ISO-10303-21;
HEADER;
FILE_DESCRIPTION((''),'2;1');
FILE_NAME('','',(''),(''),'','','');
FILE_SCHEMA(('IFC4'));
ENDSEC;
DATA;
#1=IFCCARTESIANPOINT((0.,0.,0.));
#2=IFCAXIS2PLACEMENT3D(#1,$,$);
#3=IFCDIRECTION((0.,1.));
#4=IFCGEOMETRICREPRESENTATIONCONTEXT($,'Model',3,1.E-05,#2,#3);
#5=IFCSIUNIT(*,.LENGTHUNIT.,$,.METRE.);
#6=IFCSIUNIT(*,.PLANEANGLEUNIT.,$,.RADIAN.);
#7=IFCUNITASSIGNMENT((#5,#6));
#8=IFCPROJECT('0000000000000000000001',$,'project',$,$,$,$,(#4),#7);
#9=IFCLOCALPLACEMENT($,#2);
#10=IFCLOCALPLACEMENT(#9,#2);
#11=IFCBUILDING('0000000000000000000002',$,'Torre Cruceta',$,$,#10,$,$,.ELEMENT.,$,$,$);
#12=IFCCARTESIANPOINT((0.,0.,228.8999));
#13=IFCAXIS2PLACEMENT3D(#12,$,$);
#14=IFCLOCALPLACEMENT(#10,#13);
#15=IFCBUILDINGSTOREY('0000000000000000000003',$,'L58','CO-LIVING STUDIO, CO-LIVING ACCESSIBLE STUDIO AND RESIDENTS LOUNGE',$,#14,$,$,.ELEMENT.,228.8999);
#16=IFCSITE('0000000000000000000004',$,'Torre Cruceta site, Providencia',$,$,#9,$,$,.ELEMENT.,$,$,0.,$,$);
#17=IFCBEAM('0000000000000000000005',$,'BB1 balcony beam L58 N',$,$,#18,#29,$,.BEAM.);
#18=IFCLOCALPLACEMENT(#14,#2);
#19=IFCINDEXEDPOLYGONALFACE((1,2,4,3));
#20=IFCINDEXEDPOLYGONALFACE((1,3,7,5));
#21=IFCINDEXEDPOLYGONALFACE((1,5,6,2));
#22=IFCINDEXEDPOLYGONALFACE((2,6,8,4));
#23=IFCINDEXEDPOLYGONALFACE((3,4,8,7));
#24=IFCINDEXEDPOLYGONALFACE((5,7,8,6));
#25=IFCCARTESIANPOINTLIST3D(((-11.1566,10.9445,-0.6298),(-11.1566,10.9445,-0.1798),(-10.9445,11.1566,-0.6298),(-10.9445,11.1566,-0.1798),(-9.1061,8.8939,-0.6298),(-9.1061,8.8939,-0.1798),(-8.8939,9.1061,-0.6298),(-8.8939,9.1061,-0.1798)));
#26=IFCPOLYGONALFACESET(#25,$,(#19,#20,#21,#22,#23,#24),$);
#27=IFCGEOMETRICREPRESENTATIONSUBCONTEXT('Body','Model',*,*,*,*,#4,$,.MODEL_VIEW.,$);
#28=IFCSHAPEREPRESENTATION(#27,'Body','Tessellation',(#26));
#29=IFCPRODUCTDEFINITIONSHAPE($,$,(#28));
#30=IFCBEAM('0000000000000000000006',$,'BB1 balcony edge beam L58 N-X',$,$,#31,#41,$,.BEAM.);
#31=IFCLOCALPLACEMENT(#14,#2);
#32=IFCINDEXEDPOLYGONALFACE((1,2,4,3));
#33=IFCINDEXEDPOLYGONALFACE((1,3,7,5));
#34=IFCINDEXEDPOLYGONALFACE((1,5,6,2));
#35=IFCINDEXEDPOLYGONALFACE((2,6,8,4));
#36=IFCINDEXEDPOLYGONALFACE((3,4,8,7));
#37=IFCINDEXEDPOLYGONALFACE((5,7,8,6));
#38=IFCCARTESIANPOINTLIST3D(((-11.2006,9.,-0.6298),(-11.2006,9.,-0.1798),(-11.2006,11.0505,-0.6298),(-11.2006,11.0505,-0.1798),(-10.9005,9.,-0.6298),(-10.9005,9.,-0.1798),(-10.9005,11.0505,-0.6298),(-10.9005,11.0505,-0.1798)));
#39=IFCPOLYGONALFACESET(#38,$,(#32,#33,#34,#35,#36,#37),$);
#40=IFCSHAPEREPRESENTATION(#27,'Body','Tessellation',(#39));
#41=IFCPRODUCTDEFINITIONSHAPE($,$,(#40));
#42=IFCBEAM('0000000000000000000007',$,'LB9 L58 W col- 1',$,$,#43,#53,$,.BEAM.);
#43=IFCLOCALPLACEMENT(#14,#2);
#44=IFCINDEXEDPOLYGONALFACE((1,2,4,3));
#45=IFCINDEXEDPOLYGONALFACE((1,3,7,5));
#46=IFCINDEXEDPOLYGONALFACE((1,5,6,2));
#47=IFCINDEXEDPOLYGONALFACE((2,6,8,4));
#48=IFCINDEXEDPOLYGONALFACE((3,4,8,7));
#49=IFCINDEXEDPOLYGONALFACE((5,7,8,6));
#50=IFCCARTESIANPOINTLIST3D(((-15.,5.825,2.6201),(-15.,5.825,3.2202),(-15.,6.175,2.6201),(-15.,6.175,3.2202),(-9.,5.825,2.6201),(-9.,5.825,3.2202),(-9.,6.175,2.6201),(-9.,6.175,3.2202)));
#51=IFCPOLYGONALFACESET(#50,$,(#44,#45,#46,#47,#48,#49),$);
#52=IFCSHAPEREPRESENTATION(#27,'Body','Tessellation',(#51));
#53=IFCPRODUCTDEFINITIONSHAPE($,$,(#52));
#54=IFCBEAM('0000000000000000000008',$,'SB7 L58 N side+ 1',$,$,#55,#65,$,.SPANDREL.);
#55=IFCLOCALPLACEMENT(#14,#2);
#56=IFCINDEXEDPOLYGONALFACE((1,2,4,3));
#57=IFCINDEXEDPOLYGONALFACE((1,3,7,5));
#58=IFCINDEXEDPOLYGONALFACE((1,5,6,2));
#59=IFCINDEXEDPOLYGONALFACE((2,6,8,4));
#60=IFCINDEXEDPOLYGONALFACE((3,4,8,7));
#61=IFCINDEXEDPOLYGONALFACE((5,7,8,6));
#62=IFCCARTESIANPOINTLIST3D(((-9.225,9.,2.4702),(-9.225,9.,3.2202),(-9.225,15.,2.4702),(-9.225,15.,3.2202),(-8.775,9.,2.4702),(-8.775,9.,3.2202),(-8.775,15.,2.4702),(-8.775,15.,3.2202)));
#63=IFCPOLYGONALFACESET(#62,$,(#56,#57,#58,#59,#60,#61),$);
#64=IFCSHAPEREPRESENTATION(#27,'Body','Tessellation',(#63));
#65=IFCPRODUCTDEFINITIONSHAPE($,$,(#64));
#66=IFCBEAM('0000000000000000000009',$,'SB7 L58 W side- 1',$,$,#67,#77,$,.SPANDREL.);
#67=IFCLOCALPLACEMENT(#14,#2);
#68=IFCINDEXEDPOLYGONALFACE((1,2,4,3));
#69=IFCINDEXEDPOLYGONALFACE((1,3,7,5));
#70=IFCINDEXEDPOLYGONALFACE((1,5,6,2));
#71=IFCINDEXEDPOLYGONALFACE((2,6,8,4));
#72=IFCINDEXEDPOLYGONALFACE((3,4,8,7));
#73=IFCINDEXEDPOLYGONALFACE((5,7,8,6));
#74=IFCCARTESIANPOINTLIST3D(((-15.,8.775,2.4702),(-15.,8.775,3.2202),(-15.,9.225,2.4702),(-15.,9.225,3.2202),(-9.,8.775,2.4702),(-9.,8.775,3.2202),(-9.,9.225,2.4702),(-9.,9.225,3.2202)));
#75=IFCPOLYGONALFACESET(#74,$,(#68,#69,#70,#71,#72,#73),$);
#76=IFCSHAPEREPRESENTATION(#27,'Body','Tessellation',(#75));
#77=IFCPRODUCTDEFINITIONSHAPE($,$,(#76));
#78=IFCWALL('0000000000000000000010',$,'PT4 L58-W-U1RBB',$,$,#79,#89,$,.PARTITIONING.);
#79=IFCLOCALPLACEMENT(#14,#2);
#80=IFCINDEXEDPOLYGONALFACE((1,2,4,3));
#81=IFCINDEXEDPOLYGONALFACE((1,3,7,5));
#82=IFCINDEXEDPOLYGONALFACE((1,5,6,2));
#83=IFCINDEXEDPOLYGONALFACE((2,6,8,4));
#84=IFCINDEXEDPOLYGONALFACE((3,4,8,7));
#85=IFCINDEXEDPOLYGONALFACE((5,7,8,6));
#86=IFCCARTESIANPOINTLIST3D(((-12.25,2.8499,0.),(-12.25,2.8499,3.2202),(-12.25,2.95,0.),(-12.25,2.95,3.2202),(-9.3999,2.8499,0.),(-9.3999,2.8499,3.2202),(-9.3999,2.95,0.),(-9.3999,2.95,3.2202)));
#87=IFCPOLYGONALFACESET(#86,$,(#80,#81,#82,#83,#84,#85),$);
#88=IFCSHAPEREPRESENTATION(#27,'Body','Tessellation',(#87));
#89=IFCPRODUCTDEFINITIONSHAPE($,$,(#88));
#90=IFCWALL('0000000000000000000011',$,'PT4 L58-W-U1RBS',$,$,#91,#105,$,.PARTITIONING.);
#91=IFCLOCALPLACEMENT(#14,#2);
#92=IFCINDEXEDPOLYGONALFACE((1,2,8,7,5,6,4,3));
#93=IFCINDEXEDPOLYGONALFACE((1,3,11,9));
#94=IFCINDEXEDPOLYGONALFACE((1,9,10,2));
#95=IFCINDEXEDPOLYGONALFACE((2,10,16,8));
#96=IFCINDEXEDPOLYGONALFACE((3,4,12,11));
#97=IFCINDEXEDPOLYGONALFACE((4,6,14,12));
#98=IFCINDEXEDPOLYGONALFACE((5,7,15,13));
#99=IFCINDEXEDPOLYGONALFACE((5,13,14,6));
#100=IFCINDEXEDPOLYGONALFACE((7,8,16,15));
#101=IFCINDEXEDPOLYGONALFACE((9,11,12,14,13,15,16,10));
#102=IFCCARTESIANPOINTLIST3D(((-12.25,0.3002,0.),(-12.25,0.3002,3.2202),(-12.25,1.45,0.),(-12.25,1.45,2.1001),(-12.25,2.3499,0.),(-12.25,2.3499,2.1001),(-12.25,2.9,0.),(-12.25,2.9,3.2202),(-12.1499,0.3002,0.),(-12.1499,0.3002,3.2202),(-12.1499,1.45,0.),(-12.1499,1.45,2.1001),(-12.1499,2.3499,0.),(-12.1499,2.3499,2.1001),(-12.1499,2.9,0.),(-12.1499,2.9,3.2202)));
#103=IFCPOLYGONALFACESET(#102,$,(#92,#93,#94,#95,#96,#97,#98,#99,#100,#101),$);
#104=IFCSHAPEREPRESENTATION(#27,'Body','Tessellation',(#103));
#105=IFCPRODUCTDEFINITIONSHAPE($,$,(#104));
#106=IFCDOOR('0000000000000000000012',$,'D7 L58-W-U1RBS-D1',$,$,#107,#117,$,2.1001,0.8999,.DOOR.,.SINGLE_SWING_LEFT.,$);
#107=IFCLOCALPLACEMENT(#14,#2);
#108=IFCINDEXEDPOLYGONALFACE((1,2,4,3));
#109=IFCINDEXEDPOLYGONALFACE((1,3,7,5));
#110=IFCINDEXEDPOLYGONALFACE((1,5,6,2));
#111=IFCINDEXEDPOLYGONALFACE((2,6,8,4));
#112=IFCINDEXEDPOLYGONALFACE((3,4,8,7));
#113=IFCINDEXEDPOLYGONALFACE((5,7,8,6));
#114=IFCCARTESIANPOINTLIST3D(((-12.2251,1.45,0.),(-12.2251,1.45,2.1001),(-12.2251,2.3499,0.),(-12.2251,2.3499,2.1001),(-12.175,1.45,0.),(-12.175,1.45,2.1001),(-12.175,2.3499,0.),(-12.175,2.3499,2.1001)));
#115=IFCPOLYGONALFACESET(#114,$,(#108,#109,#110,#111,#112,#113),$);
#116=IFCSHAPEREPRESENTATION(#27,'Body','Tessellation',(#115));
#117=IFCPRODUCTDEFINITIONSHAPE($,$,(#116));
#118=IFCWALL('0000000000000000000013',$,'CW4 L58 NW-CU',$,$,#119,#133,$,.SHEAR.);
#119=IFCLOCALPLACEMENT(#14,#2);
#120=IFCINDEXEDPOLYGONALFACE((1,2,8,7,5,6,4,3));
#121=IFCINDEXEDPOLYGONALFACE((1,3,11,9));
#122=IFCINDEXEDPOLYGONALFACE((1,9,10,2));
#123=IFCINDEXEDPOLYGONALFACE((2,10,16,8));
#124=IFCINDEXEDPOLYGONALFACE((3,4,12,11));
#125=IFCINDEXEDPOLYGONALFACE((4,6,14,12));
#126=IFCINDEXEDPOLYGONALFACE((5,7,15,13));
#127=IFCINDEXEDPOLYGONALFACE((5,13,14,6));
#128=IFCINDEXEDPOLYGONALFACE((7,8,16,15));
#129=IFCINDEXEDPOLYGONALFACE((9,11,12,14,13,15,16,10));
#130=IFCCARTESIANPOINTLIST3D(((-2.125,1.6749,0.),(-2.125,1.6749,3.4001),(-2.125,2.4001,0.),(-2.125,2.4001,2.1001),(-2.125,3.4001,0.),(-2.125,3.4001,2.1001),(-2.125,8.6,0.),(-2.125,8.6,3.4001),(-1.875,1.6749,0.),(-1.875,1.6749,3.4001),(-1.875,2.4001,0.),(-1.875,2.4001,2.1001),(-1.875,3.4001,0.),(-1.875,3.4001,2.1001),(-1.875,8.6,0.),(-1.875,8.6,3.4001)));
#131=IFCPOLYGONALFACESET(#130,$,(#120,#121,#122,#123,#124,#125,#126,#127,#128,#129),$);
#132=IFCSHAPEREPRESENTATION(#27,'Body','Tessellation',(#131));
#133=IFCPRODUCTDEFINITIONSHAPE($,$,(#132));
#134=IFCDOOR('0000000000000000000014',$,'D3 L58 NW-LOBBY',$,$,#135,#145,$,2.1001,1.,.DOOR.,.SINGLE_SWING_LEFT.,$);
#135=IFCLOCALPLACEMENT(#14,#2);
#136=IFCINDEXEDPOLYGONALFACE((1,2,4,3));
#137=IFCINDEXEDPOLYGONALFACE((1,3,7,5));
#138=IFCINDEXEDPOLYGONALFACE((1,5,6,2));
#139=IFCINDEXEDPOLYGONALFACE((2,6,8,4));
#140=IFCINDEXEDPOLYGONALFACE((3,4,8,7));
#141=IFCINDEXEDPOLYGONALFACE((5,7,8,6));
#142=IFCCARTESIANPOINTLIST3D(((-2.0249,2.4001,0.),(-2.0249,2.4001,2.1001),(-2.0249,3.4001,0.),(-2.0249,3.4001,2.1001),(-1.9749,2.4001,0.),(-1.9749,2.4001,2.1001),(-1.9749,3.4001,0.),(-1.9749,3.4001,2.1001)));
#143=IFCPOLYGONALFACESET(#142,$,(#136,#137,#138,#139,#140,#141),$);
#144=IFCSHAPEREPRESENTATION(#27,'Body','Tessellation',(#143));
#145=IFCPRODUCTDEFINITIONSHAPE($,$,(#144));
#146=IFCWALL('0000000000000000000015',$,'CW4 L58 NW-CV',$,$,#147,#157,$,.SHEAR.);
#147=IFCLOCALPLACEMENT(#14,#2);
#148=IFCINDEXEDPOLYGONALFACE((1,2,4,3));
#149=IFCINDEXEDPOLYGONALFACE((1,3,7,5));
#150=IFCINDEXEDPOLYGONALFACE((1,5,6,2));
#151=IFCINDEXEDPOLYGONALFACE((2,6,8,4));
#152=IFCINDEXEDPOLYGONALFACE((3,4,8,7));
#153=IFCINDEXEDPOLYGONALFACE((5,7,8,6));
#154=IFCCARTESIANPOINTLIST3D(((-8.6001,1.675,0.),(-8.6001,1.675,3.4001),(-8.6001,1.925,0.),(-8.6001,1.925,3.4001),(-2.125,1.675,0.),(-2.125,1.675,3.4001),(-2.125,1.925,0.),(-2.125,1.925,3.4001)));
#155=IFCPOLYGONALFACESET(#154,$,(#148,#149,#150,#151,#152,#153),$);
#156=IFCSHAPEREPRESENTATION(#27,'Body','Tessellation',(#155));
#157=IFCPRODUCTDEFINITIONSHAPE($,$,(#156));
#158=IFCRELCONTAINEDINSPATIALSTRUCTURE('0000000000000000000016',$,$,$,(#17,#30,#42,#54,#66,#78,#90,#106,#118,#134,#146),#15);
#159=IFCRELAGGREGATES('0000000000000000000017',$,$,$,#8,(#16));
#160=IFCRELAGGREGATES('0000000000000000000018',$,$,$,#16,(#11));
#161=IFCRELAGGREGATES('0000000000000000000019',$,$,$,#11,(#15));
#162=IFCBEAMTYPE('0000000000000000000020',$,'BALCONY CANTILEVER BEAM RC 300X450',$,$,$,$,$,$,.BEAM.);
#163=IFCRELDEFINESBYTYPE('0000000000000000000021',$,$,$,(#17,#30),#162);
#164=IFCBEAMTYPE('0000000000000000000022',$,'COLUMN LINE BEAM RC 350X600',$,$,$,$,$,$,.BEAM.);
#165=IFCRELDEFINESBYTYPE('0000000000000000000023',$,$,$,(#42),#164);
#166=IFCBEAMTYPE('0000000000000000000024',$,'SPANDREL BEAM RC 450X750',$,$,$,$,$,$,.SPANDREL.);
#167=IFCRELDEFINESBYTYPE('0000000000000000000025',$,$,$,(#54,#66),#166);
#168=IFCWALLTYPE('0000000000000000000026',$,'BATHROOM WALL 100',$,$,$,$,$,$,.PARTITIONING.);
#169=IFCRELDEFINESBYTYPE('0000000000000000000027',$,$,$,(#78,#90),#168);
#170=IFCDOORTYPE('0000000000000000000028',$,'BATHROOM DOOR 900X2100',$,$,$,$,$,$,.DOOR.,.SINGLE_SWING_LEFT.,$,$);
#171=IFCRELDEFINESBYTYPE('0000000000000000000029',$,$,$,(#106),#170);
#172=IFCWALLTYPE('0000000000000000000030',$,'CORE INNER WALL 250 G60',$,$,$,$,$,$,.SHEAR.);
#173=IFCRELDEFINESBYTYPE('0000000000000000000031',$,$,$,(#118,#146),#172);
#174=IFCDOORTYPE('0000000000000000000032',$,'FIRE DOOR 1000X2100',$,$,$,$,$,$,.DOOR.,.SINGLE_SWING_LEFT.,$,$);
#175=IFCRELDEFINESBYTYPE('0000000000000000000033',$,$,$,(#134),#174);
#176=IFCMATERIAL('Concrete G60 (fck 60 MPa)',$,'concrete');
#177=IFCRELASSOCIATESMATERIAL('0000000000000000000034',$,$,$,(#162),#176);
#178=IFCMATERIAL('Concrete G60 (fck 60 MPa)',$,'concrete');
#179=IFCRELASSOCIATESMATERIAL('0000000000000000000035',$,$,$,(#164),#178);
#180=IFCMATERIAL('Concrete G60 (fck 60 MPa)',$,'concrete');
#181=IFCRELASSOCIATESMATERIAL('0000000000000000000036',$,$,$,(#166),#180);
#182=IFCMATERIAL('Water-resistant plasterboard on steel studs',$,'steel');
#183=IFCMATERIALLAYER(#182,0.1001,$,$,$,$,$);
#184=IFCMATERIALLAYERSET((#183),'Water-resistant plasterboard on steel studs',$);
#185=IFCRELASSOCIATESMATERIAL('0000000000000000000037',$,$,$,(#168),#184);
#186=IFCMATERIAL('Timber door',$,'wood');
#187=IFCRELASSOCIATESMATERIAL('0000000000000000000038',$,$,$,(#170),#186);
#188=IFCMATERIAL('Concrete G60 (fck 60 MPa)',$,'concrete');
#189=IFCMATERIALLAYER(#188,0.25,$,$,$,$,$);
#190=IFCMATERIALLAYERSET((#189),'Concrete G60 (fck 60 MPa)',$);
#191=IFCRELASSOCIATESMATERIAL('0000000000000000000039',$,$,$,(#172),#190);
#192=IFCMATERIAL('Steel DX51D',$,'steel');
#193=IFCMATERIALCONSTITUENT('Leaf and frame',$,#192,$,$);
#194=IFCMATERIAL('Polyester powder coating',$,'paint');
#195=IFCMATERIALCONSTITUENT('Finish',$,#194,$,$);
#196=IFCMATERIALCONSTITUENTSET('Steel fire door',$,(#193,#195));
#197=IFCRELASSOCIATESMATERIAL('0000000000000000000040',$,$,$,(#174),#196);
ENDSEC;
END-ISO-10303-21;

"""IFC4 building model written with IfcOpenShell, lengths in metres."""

from ifc_helpers import new_model, si_unit, direction, frame, frame_2d, origin, origin_2d, place, context, subcontext, project, spatial, rectangle, extrude, material, layer, layer_set, constituent, constituent_set, material_profile, profile_set, type_object, element, fill, save


model = new_model("IFC4")

# Units and contexts
model_context = context("Model", 3, precision=1e-05, world=origin(), true_north=direction((0.0, 1.0)))
body_context = subcontext(model_context, "Body", "Model", "MODEL_VIEW")
ifc_project = project(units=[si_unit("LENGTHUNIT", "METRE"), si_unit("PLANEANGLEUNIT", "RADIAN")], contexts=[model_context])

# Site, building, storey
site_placement = place(None, origin())
site = spatial("IfcSite", under=ifc_project, at=site_placement, Name="Torre Cruceta site, Providencia", CompositionType="ELEMENT", RefElevation=0.0)
building_placement = place(site_placement, origin())
building = spatial("IfcBuilding", under=site, at=building_placement, Name="Torre Cruceta", CompositionType="ELEMENT")
storey_placement = place(building_placement, frame((0.0, 0.0, 228.8999)))
storey = spatial("IfcBuildingStorey", under=building, at=storey_placement, Name="L58", Description="CO-LIVING STUDIO, CO-LIVING ACCESSIBLE STUDIO AND RESIDENTS LOUNGE", CompositionType="ELEMENT", Elevation=228.8999)

# Beams
ifc_material_1 = material(Name="Concrete G60 (fck 60 MPa)", Category="concrete")
ifc_material_profile_1 = material_profile(ifc_material_1, rectangle(XDim=0.3, YDim=0.45, at=origin_2d()), Name="RC 300X450")
ifc_profile_set_1 = profile_set([ifc_material_profile_1], Name="Concrete G60 (fck 60 MPa)")
beam_type_1 = type_object("IfcBeamType", Name="BALCONY CANTILEVER BEAM RC 300X450", PredefinedType="BEAM", material=ifc_profile_set_1)
beam_1_placement = place(storey_placement, frame((-9.0, 9.0, -0.4048), z_axis=(-0.707107, 0.707107, 0.0), x_axis=(-0.707107, -0.707107, 0.0)))
element("IfcBeam", 1, at=beam_1_placement, inside=storey, type_object=beam_type_1, Name="BB1 balcony beam L58 N", PredefinedType="BEAM", context=body_context, shape_type="SweptSolid", body=[
    extrude(rectangle(XDim=0.3, YDim=0.45, at=origin_2d()), origin(), (0.0, 0.0, 1.0), 2.8999),
])
beam_2_placement = place(storey_placement, frame((-11.0505, 9.0, -0.4048), z_axis=(0.0, 1.0, 0.0), x_axis=(-1.0, 0.0, 0.0)))
element("IfcBeam", 2, at=beam_2_placement, inside=storey, type_object=beam_type_1, Name="BB1 balcony edge beam L58 N-X", PredefinedType="BEAM", context=body_context, shape_type="SweptSolid", body=[
    extrude(rectangle(XDim=0.3, YDim=0.45, at=origin_2d()), origin(), (0.0, 0.0, 1.0), 2.0505),
])
ifc_material_2 = material(Name="Concrete G60 (fck 60 MPa)", Category="concrete")
ifc_material_profile_2 = material_profile(ifc_material_2, rectangle(XDim=0.3501, YDim=0.6001, at=origin_2d()), Name="RC 350X600")
ifc_profile_set_2 = profile_set([ifc_material_profile_2], Name="Concrete G60 (fck 60 MPa)")
beam_type_2 = type_object("IfcBeamType", Name="COLUMN LINE BEAM RC 350X600", PredefinedType="BEAM", material=ifc_profile_set_2)
beam_3_placement = place(storey_placement, frame((-9.0, 6.0, 2.9202), z_axis=(-1.0, 0.0, 0.0), x_axis=(0.0, -1.0, 0.0)))
element("IfcBeam", 3, at=beam_3_placement, inside=storey, type_object=beam_type_2, Name="LB9 L58 W col- 1", PredefinedType="BEAM", context=body_context, shape_type="SweptSolid", body=[
    extrude(rectangle(XDim=0.3501, YDim=0.6001, at=origin_2d()), origin(), (0.0, 0.0, 1.0), 6.0),
])
ifc_material_3 = material(Name="Concrete G60 (fck 60 MPa)", Category="concrete")
ifc_material_profile_3 = material_profile(ifc_material_3, rectangle(XDim=0.45, YDim=0.75, at=origin_2d()), Name="RC 450X750")
ifc_profile_set_3 = profile_set([ifc_material_profile_3], Name="Concrete G60 (fck 60 MPa)")
beam_type_3 = type_object("IfcBeamType", Name="SPANDREL BEAM RC 450X750", PredefinedType="SPANDREL", material=ifc_profile_set_3)
for number, where, z_axis, x_axis, name in (
    (4, (-9.0, 9.0, 2.8452), (0.0, 1.0, 0.0), (-1.0, 0.0, 0.0), "SB7 L58 N side+ 1"),
    (5, (-9.0, 9.0, 2.8452), (-1.0, 0.0, 0.0), (0.0, -1.0, 0.0), "SB7 L58 W side- 1"),
):
    element("IfcBeam", number, at=place(storey_placement, frame(where, z_axis=z_axis, x_axis=x_axis)), inside=storey, type_object=beam_type_3, Name=name, PredefinedType="SPANDREL", context=body_context, shape_type="SweptSolid", body=[
        extrude(rectangle(XDim=0.45, YDim=0.75, at=origin_2d()), origin(), (0.0, 0.0, 1.0), 6.0),
    ])

# Wall
ifc_material_4 = material(Name="Water-resistant plasterboard on steel studs", Category="steel")
ifc_layer_1 = layer(ifc_material_4, 0.1001)
ifc_layer_set_1 = layer_set([ifc_layer_1], Name="Water-resistant plasterboard on steel studs")
wall_type_1 = type_object("IfcWallType", Name="BATHROOM WALL 100", PredefinedType="PARTITIONING", material=ifc_layer_set_1)
wall_1_placement = place(storey_placement, frame((-9.3999, 2.8999, 0.0), z_axis=(0.0, 0.0, 1.0), x_axis=(-1.0, 0.0, 0.0)))
element("IfcWall", 6, at=wall_1_placement, inside=storey, type_object=wall_type_1, Name="PT4 L58-W-U1RBB", PredefinedType="PARTITIONING", context=body_context, shape_type="SweptSolid", body=[
    extrude(rectangle(XDim=2.8501, YDim=0.1001, at=frame_2d((1.425, 0.0))), origin(), (0.0, 0.0, 1.0), 3.2202),
])

# Walls, openings, doors
wall_2_placement = place(storey_placement, frame((-12.2, 2.8999, 0.0), z_axis=(0.0, 0.0, 1.0), x_axis=(0.0, -1.0, 0.0)))
wall_2 = element("IfcWall", 7, at=wall_2_placement, inside=storey, type_object=wall_type_1, Name="PT4 L58-W-U1RBS", PredefinedType="PARTITIONING", context=body_context, shape_type="SweptSolid", body=[
    extrude(rectangle(XDim=2.5999, YDim=0.1001, at=frame_2d((1.2998, 0.0))), origin(), (0.0, 0.0, 1.0), 3.2202),
])
opening_1_placement = place(wall_2_placement, frame((0.55, 0.0, 0.0)))
opening_1 = element("IfcOpeningElement", 8, at=opening_1_placement, cuts=wall_2, PredefinedType="OPENING", context=body_context, shape_type="SweptSolid", body=[
    extrude(rectangle(XDim=0.8999, YDim=2.1001, at=frame_2d((0.45, 1.05))), frame((0.0, 0.0601, 0.0), z_axis=(0.0, -1.0, 0.0), x_axis=(1.0, 0.0, 0.0)), (0.0, 0.0, 1.0), 0.1201),
])
ifc_material_5 = material(Name="Timber door", Category="wood")
door_type_1 = type_object("IfcDoorType", Name="BATHROOM DOOR 900X2100", OperationType="SINGLE_SWING_LEFT", PredefinedType="DOOR", material=ifc_material_5)
door_1_placement = place(opening_1_placement, origin())
door_1 = element("IfcDoor", 9, at=door_1_placement, inside=storey, type_object=door_type_1, Name="D7 L58-W-U1RBS-D1", OperationType="SINGLE_SWING_LEFT", OverallHeight=2.1001, OverallWidth=0.8999, PredefinedType="DOOR", context=body_context, shape_type="SweptSolid", body=[
    extrude(rectangle(XDim=0.8999, YDim=2.1001, at=frame_2d((0.45, 1.05))), frame((0.0, 0.0249, 0.0), z_axis=(0.0, -1.0, 0.0), x_axis=(1.0, 0.0, 0.0)), (0.0, 0.0, 1.0), 0.05),
])
fill(opening_1, door_1)
ifc_material_6 = material(Name="Concrete G60 (fck 60 MPa)", Category="concrete")
ifc_layer_2 = layer(ifc_material_6, 0.25)
ifc_layer_set_2 = layer_set([ifc_layer_2], Name="Concrete G60 (fck 60 MPa)")
wall_type_2 = type_object("IfcWallType", Name="CORE INNER WALL 250 G60", PredefinedType="SHEAR", material=ifc_layer_set_2)
wall_3_placement = place(storey_placement, frame((-2.0, 1.675, 0.0), z_axis=(0.0, 0.0, 1.0), x_axis=(0.0, 1.0, 0.0)))
wall_3 = element("IfcWall", 10, at=wall_3_placement, inside=storey, type_object=wall_type_2, Name="CW4 L58 NW-CU", PredefinedType="SHEAR", context=body_context, shape_type="SweptSolid", body=[
    extrude(rectangle(XDim=6.925, YDim=0.25, at=frame_2d((3.4624, 0.0))), origin(), (0.0, 0.0, 1.0), 3.4001),
])
opening_2_placement = place(wall_3_placement, frame((0.7251, 0.0, 0.0)))
opening_2 = element("IfcOpeningElement", 11, at=opening_2_placement, cuts=wall_3, PredefinedType="OPENING", context=body_context, shape_type="SweptSolid", body=[
    extrude(rectangle(XDim=1.0, YDim=2.1001, at=frame_2d((0.5, 1.05))), frame((0.0, 0.135, 0.0), z_axis=(0.0, -1.0, 0.0), x_axis=(1.0, 0.0, 0.0)), (0.0, 0.0, 1.0), 0.27),
])
ifc_material_7 = material(Name="Steel DX51D", Category="steel")
ifc_constituent_1 = constituent(ifc_material_7, Name="Leaf and frame")
ifc_material_8 = material(Name="Polyester powder coating", Category="paint")
ifc_constituent_2 = constituent(ifc_material_8, Name="Finish")
ifc_constituent_set_1 = constituent_set(constituents=[ifc_constituent_1, ifc_constituent_2], Name="Steel fire door")
door_type_2 = type_object("IfcDoorType", Name="FIRE DOOR 1000X2100", OperationType="SINGLE_SWING_LEFT", PredefinedType="DOOR", material=ifc_constituent_set_1)
door_2_placement = place(opening_2_placement, origin())
door_2 = element("IfcDoor", 12, at=door_2_placement, inside=storey, type_object=door_type_2, Name="D3 L58 NW-LOBBY", OperationType="SINGLE_SWING_LEFT", OverallHeight=2.1001, OverallWidth=1.0, PredefinedType="DOOR", context=body_context, shape_type="SweptSolid", body=[
    extrude(rectangle(XDim=1.0, YDim=2.1001, at=frame_2d((0.5, 1.05))), frame((0.0, 0.0249, 0.0), z_axis=(0.0, -1.0, 0.0), x_axis=(1.0, 0.0, 0.0)), (0.0, 0.0, 1.0), 0.05),
])
fill(opening_2, door_2)

# Wall
wall_4_placement = place(storey_placement, frame((-2.125, 1.8, 0.0), z_axis=(0.0, 0.0, 1.0), x_axis=(-1.0, 0.0, 0.0)))
element("IfcWall", 13, at=wall_4_placement, inside=storey, type_object=wall_type_2, Name="CW4 L58 NW-CV", PredefinedType="SHEAR", context=body_context, shape_type="SweptSolid", body=[
    extrude(rectangle(XDim=6.4751, YDim=0.25, at=frame_2d((3.2375, 0.0))), origin(), (0.0, 0.0, 1.0), 3.4001),
])

save(model, "model.ifc")
